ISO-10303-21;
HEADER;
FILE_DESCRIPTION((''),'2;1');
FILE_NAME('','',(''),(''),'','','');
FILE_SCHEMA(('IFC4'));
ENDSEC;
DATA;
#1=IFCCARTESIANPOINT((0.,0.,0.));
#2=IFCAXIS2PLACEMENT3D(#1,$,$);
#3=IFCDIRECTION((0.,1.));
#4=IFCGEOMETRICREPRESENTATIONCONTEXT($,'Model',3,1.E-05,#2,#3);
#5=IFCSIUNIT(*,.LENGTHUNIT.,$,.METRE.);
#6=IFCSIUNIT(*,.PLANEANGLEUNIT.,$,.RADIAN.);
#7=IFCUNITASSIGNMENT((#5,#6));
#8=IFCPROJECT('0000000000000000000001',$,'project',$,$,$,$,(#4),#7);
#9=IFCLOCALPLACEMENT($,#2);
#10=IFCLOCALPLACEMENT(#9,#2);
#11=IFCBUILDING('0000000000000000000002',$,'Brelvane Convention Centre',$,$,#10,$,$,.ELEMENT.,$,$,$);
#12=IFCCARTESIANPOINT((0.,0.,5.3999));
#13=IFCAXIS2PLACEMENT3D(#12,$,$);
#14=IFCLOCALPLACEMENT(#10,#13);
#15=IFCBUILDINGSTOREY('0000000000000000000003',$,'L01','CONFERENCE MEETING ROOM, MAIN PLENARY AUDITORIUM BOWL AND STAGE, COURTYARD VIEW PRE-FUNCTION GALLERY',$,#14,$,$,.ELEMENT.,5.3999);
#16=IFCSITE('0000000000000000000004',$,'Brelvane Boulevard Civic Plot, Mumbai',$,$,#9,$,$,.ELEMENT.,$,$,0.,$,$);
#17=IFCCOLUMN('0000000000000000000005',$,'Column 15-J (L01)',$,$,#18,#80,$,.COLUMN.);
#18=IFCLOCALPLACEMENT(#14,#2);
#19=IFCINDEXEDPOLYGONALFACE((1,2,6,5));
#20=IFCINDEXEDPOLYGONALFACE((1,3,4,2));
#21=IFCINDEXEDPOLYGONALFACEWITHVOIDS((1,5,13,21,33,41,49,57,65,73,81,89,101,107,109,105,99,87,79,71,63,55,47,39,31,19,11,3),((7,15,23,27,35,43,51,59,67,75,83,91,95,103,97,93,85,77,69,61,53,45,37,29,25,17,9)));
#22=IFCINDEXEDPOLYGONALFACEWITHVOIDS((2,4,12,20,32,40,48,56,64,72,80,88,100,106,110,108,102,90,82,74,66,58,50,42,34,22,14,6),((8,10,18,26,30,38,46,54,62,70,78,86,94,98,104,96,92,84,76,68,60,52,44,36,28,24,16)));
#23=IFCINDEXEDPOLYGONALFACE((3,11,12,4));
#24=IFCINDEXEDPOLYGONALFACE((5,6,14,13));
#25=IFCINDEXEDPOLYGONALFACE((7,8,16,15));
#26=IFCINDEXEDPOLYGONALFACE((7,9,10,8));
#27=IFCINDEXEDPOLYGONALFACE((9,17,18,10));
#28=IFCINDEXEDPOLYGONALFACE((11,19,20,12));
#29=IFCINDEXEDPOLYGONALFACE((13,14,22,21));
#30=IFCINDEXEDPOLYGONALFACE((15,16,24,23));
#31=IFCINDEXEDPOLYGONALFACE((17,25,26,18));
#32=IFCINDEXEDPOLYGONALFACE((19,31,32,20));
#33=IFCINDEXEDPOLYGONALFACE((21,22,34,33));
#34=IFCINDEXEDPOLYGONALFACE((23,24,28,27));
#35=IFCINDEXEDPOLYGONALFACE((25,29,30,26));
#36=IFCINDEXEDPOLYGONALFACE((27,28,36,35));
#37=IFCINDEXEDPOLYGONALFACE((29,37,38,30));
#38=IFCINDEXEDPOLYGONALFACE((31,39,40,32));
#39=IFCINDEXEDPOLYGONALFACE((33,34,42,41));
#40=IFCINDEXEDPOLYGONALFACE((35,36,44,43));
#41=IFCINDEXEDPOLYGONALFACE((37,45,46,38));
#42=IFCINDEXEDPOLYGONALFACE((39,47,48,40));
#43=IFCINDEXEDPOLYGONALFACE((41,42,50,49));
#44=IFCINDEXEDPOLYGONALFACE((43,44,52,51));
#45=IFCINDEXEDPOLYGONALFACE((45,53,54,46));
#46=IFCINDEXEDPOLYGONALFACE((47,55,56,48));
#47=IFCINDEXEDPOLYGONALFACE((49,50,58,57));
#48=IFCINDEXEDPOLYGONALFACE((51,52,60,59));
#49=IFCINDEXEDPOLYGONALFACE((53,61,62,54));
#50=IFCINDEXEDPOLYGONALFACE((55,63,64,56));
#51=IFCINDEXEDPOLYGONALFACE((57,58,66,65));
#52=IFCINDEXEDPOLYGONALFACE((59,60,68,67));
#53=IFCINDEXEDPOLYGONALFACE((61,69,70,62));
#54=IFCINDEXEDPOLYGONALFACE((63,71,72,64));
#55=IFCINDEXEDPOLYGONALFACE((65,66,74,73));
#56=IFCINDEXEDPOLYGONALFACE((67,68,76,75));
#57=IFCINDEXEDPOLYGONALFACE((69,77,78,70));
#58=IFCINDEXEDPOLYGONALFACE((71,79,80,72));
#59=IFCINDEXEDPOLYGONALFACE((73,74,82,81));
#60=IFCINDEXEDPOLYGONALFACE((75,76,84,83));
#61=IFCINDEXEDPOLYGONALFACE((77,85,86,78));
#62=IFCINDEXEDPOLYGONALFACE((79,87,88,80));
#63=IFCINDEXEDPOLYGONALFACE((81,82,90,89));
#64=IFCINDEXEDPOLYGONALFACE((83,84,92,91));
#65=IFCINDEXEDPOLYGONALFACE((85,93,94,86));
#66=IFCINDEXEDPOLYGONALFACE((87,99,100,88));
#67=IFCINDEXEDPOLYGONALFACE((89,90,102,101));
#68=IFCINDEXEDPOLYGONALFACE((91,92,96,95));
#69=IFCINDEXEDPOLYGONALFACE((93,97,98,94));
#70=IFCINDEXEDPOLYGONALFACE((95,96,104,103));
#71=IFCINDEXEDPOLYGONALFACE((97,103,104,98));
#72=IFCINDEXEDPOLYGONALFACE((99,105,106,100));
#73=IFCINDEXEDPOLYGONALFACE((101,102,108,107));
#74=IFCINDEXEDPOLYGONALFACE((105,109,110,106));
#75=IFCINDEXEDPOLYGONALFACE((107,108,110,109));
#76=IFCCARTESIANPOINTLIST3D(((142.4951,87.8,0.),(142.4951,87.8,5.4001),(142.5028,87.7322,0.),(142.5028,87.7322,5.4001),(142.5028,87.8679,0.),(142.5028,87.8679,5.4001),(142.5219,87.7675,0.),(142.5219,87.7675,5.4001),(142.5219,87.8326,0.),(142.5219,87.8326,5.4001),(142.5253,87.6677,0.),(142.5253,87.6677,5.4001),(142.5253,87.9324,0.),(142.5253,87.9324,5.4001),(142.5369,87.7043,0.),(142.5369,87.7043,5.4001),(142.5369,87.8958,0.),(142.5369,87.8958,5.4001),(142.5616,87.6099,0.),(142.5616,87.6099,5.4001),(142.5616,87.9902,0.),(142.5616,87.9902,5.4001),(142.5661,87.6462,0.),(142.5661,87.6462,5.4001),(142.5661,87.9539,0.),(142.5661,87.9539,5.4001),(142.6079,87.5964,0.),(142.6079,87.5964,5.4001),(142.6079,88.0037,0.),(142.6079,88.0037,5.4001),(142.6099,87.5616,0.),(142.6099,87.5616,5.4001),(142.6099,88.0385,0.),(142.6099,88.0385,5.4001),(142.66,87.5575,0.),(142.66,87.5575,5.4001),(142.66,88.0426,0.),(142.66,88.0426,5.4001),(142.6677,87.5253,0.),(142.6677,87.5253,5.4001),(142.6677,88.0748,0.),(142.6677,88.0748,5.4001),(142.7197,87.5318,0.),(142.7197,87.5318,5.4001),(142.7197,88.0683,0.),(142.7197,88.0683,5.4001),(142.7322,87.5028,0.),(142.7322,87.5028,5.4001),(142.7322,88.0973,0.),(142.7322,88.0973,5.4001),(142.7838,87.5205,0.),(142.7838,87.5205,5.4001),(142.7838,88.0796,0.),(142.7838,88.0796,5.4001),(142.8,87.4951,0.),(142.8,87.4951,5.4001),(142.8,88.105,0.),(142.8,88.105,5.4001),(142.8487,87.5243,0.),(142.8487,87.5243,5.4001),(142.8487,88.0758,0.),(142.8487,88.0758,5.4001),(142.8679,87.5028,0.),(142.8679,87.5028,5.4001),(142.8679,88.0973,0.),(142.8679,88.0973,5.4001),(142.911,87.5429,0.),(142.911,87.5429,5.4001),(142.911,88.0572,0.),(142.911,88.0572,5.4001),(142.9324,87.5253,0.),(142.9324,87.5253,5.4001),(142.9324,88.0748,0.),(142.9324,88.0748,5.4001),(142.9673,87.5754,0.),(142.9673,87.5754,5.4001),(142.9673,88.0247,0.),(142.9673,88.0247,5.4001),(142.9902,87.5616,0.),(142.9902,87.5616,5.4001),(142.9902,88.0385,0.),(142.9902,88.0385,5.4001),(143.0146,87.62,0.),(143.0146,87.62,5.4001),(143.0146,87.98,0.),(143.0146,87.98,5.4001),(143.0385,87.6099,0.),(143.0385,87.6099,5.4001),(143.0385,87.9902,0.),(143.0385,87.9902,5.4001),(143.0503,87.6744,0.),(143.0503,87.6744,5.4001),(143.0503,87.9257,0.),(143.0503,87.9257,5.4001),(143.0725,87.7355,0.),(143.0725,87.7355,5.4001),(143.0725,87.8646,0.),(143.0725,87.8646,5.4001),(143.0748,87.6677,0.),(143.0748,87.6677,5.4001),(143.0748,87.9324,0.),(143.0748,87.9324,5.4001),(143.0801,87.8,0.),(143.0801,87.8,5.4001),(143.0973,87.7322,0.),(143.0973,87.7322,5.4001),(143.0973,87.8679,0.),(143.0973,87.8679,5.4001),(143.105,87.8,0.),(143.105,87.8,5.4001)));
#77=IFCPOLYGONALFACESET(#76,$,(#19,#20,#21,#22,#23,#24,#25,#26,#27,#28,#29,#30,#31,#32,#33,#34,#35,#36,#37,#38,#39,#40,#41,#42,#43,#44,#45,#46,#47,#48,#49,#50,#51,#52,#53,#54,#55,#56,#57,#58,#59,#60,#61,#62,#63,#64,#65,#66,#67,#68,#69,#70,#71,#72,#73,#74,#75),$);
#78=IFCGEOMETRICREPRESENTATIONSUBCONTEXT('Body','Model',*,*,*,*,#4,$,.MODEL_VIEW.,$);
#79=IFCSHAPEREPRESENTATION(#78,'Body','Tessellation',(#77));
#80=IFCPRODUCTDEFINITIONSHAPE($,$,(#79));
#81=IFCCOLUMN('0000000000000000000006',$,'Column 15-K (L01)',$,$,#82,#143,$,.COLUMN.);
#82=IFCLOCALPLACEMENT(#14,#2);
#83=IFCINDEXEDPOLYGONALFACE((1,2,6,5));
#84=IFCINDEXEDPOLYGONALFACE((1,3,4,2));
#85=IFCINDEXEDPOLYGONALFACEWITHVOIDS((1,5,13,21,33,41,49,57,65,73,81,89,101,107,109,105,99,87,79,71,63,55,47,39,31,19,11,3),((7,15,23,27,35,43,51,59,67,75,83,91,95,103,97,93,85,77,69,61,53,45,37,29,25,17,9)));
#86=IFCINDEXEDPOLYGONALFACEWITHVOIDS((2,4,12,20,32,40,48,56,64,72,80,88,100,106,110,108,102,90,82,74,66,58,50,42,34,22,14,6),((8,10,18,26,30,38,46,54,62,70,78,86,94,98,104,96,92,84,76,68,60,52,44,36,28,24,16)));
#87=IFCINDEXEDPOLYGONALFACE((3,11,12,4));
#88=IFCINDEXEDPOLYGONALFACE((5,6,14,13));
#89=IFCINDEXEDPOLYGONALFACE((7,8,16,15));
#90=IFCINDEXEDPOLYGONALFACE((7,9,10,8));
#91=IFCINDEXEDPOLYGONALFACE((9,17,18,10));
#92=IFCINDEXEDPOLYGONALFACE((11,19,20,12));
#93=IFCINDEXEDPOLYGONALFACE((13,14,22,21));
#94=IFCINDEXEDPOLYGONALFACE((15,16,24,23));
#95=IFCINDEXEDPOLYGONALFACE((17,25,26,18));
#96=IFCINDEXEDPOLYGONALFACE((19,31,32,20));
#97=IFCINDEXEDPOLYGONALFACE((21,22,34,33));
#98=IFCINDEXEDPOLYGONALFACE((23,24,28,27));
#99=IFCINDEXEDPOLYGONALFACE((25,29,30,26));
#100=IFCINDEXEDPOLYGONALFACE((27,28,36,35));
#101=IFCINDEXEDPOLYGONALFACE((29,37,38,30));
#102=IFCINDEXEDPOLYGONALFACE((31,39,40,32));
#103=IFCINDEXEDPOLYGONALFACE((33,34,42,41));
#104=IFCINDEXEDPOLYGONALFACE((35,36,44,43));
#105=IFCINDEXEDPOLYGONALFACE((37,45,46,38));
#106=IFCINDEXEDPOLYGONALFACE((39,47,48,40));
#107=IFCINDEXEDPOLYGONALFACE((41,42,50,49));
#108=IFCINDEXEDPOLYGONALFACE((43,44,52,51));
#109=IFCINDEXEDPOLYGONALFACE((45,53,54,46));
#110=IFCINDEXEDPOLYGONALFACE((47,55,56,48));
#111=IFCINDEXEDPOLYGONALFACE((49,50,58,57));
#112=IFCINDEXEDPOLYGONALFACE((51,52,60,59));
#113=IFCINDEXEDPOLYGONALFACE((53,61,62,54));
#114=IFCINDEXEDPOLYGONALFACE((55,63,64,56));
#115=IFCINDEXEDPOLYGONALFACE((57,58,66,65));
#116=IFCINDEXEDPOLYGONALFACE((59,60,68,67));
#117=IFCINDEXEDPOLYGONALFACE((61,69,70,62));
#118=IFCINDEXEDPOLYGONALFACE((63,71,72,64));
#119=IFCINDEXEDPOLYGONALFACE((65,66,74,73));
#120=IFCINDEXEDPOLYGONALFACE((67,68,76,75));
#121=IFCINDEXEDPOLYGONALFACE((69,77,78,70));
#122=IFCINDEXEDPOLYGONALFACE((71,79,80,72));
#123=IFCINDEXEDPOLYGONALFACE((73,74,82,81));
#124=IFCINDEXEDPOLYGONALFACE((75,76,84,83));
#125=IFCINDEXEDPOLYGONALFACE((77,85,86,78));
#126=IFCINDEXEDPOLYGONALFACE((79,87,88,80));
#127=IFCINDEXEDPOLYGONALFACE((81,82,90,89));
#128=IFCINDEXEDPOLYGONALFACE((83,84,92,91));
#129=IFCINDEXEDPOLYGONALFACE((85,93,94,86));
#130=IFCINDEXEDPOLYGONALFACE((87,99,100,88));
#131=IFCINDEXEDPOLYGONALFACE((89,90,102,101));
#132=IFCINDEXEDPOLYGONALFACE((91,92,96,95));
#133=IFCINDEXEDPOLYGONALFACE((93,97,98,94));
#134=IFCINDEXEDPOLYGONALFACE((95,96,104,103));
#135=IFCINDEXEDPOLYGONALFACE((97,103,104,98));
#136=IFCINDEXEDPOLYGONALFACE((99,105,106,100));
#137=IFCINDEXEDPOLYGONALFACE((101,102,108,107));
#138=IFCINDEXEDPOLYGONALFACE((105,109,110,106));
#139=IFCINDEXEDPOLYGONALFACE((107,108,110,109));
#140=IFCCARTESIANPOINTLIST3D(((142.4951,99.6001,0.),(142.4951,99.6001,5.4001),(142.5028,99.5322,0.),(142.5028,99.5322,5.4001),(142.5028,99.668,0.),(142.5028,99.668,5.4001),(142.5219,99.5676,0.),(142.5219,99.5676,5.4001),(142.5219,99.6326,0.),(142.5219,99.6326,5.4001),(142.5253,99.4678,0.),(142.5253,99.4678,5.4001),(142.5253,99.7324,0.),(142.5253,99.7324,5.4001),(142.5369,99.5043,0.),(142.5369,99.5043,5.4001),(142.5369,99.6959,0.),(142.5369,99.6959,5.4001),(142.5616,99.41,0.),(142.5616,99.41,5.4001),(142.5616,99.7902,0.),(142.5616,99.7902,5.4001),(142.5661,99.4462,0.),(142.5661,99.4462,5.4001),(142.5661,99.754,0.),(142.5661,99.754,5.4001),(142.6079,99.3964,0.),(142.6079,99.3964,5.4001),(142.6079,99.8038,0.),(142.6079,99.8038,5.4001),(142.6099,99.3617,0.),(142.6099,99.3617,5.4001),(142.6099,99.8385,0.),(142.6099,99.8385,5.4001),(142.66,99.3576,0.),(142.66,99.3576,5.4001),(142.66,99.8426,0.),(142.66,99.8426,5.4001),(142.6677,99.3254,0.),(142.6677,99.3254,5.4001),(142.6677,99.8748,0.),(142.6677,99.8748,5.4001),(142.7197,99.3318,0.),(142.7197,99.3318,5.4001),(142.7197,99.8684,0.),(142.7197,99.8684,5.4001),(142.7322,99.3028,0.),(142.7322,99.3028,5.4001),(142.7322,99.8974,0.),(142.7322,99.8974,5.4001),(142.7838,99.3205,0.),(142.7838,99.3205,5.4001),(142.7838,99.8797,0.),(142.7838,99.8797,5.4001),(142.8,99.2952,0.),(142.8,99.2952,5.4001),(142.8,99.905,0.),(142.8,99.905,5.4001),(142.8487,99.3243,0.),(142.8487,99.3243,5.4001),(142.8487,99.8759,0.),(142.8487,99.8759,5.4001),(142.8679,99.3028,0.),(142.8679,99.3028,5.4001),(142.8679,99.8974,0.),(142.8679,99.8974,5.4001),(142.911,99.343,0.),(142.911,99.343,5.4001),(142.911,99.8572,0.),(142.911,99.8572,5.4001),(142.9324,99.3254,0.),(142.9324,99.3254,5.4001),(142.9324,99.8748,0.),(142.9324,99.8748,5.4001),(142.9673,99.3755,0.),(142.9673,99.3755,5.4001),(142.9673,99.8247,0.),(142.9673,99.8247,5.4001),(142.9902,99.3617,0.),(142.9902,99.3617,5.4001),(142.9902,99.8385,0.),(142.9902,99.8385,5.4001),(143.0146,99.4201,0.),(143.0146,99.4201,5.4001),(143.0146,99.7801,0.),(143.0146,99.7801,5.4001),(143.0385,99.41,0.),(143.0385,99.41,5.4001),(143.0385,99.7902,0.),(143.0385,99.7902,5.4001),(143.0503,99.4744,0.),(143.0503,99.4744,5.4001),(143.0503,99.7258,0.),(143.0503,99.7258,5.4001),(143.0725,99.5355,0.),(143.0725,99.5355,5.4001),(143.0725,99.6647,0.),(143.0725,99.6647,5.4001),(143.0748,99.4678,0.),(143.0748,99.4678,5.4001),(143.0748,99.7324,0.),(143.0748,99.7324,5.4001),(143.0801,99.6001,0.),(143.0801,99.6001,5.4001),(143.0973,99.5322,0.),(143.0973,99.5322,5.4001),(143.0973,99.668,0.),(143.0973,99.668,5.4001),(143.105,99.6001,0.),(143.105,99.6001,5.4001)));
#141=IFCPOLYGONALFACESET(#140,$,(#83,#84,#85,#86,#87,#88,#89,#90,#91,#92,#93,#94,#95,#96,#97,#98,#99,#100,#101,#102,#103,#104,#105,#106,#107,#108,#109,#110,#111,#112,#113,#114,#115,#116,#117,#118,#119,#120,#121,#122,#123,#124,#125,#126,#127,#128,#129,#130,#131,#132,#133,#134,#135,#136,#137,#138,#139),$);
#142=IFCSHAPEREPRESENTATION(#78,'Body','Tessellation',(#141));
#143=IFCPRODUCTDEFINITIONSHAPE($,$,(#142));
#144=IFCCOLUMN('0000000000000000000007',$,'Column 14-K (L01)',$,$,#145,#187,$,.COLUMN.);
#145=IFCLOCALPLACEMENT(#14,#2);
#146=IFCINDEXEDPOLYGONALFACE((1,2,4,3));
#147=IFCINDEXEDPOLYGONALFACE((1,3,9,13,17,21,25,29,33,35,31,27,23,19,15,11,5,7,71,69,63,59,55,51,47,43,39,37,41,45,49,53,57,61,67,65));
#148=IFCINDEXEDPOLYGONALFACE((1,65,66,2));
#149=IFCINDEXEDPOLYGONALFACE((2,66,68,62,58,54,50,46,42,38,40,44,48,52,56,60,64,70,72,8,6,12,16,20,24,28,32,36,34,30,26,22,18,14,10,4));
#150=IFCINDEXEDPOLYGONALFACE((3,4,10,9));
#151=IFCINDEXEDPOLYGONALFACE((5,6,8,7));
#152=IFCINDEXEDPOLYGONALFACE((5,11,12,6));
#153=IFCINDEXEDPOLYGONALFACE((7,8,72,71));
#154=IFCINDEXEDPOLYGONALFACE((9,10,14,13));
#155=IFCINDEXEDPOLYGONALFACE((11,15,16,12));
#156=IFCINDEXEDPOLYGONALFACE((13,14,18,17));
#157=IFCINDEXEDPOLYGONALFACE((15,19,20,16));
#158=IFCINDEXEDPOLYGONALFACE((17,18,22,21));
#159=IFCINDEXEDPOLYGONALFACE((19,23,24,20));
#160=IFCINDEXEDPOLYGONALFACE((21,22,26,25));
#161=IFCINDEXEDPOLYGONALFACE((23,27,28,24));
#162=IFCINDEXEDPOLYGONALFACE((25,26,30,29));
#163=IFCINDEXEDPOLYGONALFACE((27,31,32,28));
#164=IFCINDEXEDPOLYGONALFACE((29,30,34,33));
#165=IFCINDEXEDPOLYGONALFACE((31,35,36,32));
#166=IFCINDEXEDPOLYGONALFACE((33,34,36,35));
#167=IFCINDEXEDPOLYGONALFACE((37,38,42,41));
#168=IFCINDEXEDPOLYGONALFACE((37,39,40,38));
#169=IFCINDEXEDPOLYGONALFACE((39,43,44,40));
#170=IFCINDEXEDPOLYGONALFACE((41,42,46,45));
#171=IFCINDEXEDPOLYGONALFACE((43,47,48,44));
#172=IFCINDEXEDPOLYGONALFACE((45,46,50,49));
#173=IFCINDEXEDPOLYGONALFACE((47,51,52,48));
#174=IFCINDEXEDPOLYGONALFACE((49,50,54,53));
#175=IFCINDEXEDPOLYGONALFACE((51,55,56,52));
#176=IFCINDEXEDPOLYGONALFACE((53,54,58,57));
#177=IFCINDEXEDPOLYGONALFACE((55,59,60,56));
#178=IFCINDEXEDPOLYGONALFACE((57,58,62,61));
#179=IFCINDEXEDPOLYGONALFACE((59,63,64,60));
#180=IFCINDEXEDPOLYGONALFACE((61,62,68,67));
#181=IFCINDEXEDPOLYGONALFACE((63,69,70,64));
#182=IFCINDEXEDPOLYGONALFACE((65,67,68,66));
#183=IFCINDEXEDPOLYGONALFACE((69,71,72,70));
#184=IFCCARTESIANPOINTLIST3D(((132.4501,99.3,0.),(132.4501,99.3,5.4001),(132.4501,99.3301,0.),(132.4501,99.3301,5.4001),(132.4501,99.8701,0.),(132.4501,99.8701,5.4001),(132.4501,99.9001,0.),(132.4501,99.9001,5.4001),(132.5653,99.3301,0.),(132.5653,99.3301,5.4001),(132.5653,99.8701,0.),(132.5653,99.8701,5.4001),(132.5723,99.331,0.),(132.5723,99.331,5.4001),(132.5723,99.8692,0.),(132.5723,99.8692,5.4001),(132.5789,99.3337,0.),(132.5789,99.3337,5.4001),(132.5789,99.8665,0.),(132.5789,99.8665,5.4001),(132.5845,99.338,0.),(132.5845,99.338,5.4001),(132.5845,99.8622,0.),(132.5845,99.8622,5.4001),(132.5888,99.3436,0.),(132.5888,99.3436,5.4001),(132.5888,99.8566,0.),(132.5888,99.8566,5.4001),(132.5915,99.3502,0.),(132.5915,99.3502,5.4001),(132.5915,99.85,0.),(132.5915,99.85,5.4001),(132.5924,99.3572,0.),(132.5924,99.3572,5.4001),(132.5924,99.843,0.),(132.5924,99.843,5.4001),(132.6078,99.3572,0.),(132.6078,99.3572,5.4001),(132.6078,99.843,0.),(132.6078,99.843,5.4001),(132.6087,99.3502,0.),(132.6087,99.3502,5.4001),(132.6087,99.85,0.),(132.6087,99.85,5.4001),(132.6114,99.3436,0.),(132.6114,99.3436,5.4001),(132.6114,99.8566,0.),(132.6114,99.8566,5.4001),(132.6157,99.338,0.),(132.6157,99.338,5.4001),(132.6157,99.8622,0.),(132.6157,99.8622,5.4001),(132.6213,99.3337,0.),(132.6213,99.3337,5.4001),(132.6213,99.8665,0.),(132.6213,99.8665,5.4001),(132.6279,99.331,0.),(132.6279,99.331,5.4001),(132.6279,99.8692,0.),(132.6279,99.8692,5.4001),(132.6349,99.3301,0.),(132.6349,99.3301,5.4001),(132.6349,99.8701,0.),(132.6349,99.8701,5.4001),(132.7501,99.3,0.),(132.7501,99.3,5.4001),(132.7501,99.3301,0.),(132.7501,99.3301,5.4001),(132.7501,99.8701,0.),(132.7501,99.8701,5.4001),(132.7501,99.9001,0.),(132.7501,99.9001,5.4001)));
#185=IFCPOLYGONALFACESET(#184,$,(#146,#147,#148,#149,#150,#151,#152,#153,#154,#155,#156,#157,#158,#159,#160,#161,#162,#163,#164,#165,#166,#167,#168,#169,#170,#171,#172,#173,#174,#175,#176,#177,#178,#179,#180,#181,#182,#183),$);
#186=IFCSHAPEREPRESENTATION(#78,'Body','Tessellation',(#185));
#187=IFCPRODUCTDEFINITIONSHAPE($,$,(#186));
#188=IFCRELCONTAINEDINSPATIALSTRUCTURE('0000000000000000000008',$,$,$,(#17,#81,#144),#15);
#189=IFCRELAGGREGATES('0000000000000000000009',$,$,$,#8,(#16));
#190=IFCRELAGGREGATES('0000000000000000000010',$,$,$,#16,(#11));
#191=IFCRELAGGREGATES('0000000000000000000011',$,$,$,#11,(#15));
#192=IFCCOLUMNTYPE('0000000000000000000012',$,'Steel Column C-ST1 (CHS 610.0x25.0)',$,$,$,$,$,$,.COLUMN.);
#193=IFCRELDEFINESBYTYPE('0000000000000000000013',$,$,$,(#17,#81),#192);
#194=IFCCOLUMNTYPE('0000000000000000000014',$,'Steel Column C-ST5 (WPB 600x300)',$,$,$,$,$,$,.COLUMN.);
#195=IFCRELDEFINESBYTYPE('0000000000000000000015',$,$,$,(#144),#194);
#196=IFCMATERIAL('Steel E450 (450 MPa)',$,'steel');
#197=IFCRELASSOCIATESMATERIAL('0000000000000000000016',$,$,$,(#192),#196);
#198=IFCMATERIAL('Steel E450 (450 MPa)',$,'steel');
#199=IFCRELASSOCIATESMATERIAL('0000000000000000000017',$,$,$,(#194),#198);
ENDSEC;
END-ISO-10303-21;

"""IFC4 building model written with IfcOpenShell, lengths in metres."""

from ifc_helpers import new_model, si_unit, direction, frame, origin, origin_2d, place, context, subcontext, project, spatial, hollow_circle, i_section, extrude, material, material_profile, profile_set, type_object, element, save


model = new_model("IFC4")

# Units and contexts
model_context = context("Model", 3, precision=1e-05, world=origin(), true_north=direction((0.0, 1.0)))
body_context = subcontext(model_context, "Body", "Model", "MODEL_VIEW")
ifc_project = project(units=[si_unit("LENGTHUNIT", "METRE"), si_unit("PLANEANGLEUNIT", "RADIAN")], contexts=[model_context])

# Site, building, storey
site_placement = place(None, origin())
site = spatial("IfcSite", under=ifc_project, at=site_placement, Name="Brelvane Boulevard Civic Plot, Mumbai", CompositionType="ELEMENT", RefElevation=0.0)
building_placement = place(site_placement, origin())
building = spatial("IfcBuilding", under=site, at=building_placement, Name="Brelvane Convention Centre", CompositionType="ELEMENT")
storey_placement = place(building_placement, frame((0.0, 0.0, 5.3999)))
storey = spatial("IfcBuildingStorey", under=building, at=storey_placement, Name="L01", Description="CONFERENCE MEETING ROOM, MAIN PLENARY AUDITORIUM BOWL AND STAGE, COURTYARD VIEW PRE-FUNCTION GALLERY", CompositionType="ELEMENT", Elevation=5.3999)

# Columns
ifc_material_1 = material(Name="Steel E450 (450 MPa)", Category="steel")
ifc_material_profile_1 = material_profile(ifc_material_1, hollow_circle(Radius=0.3049, WallThickness=0.0249, at=origin_2d()), Name="CHS 610.0x25.0")
ifc_profile_set_1 = profile_set([ifc_material_profile_1], Name="Steel E450 (450 MPa)")
column_type_1 = type_object("IfcColumnType", Name="Steel Column C-ST1 (CHS 610.0x25.0)", PredefinedType="COLUMN", material=ifc_profile_set_1)
for number, where, z_axis, x_axis, name in (
    (1, (142.8, 87.8, 0.0), (0.0, 0.0, 1.0), (1.0, 0.0, 0.0), "Column 15-J (L01)"),
    (2, (142.8, 99.6001, 0.0), (0.0, 0.0, 1.0), (1.0, 0.0, 0.0), "Column 15-K (L01)"),
):
    element("IfcColumn", number, at=place(storey_placement, frame(where, z_axis=z_axis, x_axis=x_axis)), inside=storey, type_object=column_type_1, Name=name, PredefinedType="COLUMN", context=body_context, shape_type="SweptSolid", body=[
        extrude(hollow_circle(Radius=0.3049, WallThickness=0.0249, at=origin_2d()), origin(), (0.0, 0.0, 1.0), 5.4001),
    ])
ifc_material_2 = material(Name="Steel E450 (450 MPa)", Category="steel")
ifc_material_profile_2 = material_profile(ifc_material_2, i_section(OverallWidth=0.3, OverallDepth=0.6001, WebThickness=0.0154, FlangeThickness=0.03, FilletRadius=0.0271, at=origin_2d()), Name="WPB 600x300")
ifc_profile_set_2 = profile_set([ifc_material_profile_2], Name="Steel E450 (450 MPa)")
column_type_2 = type_object("IfcColumnType", Name="Steel Column C-ST5 (WPB 600x300)", PredefinedType="COLUMN", material=ifc_profile_set_2)
column_placement = place(storey_placement, frame((132.6001, 99.6001, 0.0), z_axis=(0.0, 0.0, 1.0), x_axis=(1.0, 0.0, 0.0)))
element("IfcColumn", 3, at=column_placement, inside=storey, type_object=column_type_2, Name="Column 14-K (L01)", PredefinedType="COLUMN", context=body_context, shape_type="SweptSolid", body=[
    extrude(i_section(OverallWidth=0.3, OverallDepth=0.6001, WebThickness=0.0154, FlangeThickness=0.03, FilletRadius=0.0271, at=origin_2d()), origin(), (0.0, 0.0, 1.0), 5.4001),
])

save(model, "model.ifc")
